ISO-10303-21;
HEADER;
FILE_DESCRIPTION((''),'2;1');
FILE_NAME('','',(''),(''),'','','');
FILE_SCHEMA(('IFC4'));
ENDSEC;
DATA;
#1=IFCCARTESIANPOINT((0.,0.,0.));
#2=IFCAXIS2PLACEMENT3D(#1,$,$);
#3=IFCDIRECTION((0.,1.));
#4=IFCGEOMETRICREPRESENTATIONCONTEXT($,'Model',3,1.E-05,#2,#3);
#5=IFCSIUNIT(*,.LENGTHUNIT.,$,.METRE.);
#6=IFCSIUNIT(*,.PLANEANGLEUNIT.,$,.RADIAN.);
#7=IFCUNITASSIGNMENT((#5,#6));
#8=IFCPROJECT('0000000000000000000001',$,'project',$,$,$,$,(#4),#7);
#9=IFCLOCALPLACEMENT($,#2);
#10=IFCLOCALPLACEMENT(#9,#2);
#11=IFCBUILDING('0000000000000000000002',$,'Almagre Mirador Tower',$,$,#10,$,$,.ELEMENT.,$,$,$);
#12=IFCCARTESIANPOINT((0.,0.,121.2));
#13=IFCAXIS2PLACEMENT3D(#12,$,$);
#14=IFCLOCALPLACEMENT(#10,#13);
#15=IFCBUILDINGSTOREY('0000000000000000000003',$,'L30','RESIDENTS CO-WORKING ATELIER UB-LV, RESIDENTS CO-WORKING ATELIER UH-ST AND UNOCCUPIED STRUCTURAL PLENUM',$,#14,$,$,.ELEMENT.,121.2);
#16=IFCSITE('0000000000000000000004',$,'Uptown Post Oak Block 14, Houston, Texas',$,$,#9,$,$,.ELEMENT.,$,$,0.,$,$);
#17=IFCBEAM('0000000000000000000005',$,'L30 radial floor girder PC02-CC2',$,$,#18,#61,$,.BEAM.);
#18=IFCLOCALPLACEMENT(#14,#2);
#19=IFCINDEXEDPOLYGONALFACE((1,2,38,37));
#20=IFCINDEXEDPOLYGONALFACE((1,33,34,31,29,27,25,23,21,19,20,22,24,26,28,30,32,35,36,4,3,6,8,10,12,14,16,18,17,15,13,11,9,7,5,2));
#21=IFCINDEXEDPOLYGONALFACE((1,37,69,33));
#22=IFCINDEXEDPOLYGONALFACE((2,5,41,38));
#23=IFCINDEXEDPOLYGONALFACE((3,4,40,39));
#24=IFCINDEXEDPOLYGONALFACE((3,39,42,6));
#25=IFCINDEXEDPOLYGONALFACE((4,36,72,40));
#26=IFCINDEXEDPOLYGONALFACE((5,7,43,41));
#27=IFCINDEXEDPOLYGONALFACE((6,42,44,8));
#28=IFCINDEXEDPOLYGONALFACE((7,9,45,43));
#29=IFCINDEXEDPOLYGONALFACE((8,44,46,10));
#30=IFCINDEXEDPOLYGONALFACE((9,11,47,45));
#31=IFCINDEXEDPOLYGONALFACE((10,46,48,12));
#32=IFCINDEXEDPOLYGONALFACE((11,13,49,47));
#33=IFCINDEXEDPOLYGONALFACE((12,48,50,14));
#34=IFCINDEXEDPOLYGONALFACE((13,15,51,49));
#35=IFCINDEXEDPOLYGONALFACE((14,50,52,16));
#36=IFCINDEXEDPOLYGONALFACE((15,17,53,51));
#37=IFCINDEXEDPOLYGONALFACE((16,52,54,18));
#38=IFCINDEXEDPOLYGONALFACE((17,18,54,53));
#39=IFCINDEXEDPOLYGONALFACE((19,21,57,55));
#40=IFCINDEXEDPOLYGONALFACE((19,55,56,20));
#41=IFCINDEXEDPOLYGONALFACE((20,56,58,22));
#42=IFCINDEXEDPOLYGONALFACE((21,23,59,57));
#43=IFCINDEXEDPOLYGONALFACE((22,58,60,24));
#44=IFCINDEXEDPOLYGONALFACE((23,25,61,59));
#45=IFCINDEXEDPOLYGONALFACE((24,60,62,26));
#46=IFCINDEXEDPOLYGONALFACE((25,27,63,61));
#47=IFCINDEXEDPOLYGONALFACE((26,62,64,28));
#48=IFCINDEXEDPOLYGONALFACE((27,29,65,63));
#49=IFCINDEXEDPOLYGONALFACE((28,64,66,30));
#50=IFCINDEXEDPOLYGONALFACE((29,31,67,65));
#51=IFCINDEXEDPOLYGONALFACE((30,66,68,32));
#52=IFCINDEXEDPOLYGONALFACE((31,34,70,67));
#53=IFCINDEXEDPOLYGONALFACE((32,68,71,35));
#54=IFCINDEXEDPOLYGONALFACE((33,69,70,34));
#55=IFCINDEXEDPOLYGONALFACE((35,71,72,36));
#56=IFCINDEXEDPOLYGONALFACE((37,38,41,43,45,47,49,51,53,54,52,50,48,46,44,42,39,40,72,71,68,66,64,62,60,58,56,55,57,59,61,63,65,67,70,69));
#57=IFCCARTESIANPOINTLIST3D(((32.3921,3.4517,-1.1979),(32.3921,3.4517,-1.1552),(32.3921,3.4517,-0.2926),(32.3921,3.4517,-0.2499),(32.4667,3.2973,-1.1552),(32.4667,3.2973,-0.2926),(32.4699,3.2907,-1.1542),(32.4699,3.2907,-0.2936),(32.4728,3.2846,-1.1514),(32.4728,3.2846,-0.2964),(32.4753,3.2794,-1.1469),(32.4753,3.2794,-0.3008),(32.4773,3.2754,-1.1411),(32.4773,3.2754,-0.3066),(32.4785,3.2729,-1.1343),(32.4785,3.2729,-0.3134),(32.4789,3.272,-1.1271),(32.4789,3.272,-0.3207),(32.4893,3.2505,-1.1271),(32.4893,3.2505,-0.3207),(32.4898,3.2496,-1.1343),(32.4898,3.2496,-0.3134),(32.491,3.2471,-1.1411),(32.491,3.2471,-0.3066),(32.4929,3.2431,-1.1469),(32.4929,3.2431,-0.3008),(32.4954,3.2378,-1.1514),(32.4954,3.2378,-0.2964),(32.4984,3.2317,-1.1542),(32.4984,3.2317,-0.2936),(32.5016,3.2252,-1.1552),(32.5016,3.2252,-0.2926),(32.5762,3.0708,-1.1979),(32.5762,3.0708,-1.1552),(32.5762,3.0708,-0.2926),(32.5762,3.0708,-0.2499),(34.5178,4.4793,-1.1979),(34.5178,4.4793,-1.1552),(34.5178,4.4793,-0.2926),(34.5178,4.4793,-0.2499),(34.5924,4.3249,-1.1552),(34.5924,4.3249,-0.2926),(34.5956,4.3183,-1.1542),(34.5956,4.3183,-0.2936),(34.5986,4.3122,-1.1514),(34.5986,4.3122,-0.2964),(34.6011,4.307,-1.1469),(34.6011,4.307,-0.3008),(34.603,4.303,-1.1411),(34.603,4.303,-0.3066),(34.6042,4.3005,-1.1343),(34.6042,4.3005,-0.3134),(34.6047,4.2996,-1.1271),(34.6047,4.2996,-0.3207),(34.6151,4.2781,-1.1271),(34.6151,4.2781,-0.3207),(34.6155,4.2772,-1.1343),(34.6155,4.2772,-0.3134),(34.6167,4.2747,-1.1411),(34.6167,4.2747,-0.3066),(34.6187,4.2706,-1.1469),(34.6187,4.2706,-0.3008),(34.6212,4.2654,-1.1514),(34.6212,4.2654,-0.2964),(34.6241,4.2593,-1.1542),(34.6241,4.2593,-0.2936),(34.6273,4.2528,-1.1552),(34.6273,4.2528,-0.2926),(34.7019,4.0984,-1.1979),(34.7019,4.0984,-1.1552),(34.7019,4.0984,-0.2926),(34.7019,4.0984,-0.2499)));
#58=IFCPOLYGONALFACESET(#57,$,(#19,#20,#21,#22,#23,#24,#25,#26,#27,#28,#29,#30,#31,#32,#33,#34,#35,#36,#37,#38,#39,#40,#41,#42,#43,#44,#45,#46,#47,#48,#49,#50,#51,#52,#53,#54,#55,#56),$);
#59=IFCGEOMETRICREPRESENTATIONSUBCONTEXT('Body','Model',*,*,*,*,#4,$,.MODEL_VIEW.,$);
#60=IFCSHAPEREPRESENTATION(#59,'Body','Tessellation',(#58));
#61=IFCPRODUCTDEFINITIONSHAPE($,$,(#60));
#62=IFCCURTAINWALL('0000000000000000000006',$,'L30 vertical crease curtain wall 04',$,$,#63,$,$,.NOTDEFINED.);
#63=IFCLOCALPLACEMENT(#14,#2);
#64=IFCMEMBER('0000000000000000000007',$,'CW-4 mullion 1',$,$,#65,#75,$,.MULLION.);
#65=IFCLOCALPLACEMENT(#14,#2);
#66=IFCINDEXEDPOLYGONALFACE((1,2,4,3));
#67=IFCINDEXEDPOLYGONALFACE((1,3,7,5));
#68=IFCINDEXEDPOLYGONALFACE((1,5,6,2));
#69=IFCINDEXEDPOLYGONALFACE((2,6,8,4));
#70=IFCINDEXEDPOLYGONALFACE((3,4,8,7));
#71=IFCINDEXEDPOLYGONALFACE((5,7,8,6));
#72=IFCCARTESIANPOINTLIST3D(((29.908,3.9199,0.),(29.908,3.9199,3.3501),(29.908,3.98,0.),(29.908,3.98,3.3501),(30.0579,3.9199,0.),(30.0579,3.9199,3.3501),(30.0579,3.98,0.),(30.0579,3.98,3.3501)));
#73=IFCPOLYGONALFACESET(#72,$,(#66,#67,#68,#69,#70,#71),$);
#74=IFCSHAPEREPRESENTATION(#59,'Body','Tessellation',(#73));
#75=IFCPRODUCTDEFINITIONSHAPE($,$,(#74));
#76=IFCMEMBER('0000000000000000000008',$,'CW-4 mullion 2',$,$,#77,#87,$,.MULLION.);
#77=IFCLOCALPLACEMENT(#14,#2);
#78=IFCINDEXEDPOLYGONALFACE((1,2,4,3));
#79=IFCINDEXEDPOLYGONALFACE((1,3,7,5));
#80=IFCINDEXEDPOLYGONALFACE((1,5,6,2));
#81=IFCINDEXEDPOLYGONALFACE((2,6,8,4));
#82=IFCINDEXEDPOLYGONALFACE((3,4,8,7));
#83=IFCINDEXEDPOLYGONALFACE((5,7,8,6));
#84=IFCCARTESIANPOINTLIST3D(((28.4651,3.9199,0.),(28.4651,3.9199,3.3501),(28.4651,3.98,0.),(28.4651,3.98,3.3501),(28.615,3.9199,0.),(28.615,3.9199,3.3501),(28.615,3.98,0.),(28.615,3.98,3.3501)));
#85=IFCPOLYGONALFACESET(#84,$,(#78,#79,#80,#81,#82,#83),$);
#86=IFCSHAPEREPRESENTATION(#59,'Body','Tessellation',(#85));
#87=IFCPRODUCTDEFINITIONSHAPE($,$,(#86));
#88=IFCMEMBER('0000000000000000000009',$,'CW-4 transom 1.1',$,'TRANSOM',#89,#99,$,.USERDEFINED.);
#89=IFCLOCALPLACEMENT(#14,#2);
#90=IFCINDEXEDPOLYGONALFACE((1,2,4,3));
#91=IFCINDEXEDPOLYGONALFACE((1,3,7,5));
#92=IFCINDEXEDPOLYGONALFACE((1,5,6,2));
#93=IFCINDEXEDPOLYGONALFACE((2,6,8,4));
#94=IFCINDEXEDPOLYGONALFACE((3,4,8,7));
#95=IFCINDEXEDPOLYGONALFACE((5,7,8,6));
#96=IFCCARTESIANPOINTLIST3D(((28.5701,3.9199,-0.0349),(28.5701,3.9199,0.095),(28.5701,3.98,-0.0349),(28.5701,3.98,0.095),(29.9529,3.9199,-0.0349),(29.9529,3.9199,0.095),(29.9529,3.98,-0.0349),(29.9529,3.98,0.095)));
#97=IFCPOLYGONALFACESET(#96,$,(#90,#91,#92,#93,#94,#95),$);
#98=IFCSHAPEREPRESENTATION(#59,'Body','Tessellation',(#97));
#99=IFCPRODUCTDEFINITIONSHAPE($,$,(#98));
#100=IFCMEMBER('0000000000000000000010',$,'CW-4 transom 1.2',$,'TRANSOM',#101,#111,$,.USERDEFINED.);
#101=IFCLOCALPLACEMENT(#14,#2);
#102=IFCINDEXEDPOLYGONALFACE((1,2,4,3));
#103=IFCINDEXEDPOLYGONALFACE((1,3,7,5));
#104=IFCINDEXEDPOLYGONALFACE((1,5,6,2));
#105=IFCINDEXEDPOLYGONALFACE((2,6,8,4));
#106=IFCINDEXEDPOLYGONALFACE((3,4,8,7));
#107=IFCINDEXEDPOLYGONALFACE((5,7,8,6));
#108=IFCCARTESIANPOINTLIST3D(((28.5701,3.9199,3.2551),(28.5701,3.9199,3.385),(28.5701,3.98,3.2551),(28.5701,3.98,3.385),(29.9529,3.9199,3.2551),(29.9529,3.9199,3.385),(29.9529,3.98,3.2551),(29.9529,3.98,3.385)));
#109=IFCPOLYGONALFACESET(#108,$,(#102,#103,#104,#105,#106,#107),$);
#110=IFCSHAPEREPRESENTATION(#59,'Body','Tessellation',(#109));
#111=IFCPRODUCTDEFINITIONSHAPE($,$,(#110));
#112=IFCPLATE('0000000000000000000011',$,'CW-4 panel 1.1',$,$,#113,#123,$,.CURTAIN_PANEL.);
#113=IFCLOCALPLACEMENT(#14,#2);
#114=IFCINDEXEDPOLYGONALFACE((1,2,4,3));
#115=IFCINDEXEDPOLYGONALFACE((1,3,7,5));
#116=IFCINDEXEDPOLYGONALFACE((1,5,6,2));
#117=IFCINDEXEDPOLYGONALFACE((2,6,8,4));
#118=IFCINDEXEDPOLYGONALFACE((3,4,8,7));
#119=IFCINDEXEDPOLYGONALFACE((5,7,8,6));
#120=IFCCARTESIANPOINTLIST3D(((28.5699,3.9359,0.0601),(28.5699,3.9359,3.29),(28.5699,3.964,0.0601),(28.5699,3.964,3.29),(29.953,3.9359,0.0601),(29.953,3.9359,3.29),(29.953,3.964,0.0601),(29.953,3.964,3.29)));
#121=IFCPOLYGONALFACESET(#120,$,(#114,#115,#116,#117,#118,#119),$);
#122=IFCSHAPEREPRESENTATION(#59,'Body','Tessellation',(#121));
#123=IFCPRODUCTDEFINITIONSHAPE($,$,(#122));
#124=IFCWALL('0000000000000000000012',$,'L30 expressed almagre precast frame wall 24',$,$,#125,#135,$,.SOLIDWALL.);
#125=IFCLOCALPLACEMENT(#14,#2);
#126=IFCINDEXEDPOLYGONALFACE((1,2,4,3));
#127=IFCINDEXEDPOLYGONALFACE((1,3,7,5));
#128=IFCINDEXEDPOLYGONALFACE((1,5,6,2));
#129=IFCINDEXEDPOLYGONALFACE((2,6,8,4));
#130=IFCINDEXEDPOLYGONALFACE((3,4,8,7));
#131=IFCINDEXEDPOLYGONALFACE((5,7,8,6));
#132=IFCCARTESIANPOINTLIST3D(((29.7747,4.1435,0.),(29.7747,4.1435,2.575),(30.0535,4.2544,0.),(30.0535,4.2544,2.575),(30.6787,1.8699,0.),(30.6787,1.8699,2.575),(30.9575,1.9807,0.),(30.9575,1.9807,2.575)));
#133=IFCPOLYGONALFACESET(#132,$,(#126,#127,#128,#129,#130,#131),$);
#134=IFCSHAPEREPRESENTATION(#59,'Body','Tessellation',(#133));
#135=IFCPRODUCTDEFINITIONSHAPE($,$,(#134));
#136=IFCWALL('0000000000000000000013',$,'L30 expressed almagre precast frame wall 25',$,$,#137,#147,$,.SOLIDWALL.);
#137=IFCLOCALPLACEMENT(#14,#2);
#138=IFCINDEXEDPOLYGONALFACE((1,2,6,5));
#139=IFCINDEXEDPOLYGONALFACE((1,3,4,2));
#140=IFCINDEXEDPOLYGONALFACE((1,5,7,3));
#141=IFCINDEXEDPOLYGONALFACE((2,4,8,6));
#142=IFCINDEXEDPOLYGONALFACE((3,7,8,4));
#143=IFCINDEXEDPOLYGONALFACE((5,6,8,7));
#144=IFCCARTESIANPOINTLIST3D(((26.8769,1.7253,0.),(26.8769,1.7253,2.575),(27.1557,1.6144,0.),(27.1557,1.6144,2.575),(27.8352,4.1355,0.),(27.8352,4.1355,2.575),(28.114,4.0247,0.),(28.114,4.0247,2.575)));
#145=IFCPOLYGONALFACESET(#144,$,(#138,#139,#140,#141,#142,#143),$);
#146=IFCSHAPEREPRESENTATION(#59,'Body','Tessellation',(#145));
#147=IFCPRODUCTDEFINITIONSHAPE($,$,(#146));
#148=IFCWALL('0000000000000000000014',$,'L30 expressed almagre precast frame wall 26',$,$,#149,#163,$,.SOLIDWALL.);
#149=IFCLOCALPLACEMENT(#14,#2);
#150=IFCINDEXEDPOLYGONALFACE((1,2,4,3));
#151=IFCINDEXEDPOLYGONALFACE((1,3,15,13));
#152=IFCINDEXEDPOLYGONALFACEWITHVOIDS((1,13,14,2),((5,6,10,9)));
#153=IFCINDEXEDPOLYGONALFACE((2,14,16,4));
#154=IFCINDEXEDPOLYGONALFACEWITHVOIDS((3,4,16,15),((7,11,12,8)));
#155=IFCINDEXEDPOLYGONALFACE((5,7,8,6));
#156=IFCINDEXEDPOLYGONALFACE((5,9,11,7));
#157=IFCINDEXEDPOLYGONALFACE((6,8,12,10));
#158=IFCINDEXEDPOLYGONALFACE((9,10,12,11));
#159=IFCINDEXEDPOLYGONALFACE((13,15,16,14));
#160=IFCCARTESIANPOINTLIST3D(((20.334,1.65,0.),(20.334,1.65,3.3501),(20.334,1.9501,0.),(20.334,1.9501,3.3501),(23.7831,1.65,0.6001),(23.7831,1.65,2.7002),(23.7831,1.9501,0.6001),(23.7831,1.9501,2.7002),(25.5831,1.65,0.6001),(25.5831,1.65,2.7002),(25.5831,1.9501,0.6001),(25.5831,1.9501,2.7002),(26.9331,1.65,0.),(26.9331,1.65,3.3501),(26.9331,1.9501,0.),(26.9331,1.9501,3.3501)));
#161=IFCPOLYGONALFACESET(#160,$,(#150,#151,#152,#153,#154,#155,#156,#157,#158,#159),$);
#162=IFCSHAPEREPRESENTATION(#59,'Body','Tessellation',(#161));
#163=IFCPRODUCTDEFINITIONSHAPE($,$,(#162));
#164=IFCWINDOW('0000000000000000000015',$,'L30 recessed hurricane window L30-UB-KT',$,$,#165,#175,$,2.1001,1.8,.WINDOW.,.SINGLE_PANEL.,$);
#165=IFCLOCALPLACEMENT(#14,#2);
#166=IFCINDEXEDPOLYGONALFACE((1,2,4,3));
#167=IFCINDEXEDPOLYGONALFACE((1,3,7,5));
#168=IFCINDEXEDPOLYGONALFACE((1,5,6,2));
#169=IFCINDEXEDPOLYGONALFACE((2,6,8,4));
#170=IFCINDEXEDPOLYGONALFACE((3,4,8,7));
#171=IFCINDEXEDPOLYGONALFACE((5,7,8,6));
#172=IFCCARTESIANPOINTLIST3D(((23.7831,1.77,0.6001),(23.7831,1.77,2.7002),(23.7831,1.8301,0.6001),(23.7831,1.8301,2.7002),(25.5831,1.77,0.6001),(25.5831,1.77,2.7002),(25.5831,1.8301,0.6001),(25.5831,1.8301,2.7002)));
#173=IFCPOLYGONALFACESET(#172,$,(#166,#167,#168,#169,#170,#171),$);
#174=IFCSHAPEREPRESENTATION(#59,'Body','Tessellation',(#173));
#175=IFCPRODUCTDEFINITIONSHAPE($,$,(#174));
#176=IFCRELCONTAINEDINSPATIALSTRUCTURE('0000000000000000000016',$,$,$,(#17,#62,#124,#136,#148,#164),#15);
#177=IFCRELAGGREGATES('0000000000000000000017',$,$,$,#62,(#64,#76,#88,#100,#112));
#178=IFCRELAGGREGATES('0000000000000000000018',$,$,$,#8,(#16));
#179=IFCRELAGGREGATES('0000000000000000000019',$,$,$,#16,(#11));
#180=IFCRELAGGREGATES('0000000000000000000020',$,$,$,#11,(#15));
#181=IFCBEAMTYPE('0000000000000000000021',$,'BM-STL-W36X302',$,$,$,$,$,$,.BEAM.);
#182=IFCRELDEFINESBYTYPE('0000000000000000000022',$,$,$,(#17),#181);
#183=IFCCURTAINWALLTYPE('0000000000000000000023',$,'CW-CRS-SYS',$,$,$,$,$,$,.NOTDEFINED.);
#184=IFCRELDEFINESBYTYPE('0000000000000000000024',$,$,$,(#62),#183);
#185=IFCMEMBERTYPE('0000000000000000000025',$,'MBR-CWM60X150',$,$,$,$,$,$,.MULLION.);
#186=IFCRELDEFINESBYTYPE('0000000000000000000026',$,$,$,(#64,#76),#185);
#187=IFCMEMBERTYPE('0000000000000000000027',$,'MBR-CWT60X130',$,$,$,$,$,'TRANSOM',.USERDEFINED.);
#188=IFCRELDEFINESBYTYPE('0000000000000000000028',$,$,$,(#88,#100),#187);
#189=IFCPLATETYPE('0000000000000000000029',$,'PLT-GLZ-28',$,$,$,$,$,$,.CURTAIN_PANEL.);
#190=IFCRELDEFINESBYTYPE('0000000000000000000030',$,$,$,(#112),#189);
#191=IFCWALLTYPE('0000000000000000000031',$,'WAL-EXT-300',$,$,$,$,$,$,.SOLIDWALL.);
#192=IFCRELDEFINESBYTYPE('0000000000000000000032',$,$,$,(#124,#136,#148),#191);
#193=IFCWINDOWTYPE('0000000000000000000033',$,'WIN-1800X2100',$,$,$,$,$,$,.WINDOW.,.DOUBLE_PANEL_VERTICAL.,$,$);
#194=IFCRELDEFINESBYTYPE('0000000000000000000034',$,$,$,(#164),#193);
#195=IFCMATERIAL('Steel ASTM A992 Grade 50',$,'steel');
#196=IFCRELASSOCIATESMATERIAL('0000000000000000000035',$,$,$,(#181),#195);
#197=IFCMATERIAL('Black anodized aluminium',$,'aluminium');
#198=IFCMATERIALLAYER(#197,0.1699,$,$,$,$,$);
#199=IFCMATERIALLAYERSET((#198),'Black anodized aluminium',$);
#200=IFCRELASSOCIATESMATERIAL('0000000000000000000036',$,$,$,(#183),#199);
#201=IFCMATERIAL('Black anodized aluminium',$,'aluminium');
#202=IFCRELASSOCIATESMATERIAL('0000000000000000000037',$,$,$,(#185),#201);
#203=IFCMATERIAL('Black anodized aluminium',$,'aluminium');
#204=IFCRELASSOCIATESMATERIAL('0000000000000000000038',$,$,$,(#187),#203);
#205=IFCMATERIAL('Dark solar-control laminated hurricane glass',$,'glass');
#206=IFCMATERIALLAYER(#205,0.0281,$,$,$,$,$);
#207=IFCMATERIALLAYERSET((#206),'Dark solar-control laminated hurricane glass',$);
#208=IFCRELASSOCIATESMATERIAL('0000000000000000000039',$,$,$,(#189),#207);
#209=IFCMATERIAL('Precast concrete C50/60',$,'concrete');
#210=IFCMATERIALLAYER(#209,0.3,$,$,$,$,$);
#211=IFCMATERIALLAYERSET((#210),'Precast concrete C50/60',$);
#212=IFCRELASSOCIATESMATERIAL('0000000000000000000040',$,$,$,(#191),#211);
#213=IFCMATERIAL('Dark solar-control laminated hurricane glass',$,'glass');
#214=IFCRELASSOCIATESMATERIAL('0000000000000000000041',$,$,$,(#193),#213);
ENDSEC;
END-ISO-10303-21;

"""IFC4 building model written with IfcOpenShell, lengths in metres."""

from ifc_helpers import new_model, si_unit, direction, frame, frame_2d, origin, origin_2d, place, context, subcontext, project, spatial, rectangle, i_section, extrude, material, layer, layer_set, material_profile, profile_set, type_object, element, fill, aggregate, save


model = new_model("IFC4")

# Units and contexts
model_context = context("Model", 3, precision=1e-05, world=origin(), true_north=direction((0.0, 1.0)))
body_context = subcontext(model_context, "Body", "Model", "MODEL_VIEW")
ifc_project = project(units=[si_unit("LENGTHUNIT", "METRE"), si_unit("PLANEANGLEUNIT", "RADIAN")], contexts=[model_context])

# Site, building, storey
site_placement = place(None, origin())
site = spatial("IfcSite", under=ifc_project, at=site_placement, Name="Uptown Post Oak Block 14, Houston, Texas", CompositionType="ELEMENT", RefElevation=0.0)
building_placement = place(site_placement, origin())
building = spatial("IfcBuilding", under=site, at=building_placement, Name="Almagre Mirador Tower", CompositionType="ELEMENT")
storey_placement = place(building_placement, frame((0.0, 0.0, 121.2)))
storey = spatial("IfcBuildingStorey", under=building, at=storey_placement, Name="L30", Description="RESIDENTS CO-WORKING ATELIER UB-LV, RESIDENTS CO-WORKING ATELIER UH-ST AND UNOCCUPIED STRUCTURAL PLENUM", CompositionType="ELEMENT", Elevation=121.2)

# Beam
ifc_material_1 = material(Name="Steel ASTM A992 Grade 50", Category="steel")
ifc_material_profile_1 = material_profile(ifc_material_1, i_section(OverallWidth=0.4231, OverallDepth=0.948, WebThickness=0.0239, FlangeThickness=0.0427, FilletRadius=0.0281, at=origin_2d()), Name="W36X302")
ifc_profile_set_1 = profile_set([ifc_material_profile_1], Name="Steel ASTM A992 Grade 50")
beam_type_1 = type_object("IfcBeamType", Name="BM-STL-W36X302", PredefinedType="BEAM", material=ifc_profile_set_1)
beam_1_placement = place(storey_placement, frame((32.4841, 3.2612, -0.7239), z_axis=(0.900324, 0.43522, 0.0), x_axis=(-0.43522, 0.900324, 0.0)))
element("IfcBeam", 1, at=beam_1_placement, inside=storey, type_object=beam_type_1, Name="L30 radial floor girder PC02-CC2", PredefinedType="BEAM", context=body_context, shape_type="SweptSolid", body=[
    extrude(i_section(OverallWidth=0.4231, OverallDepth=0.948, WebThickness=0.0239, FlangeThickness=0.0427, FilletRadius=0.0281, at=origin_2d()), origin(), (0.0, 0.0, 1.0), 2.3611),
])

# Curtain wall, members, plate
ifc_material_2 = material(Name="Black anodized aluminium", Category="aluminium")
ifc_layer_1 = layer(ifc_material_2, 0.1699)
ifc_layer_set_1 = layer_set([ifc_layer_1], Name="Black anodized aluminium")
curtain_wall_type = type_object("IfcCurtainWallType", Name="CW-CRS-SYS", PredefinedType="NOTDEFINED", material=ifc_layer_set_1)
curtain_wall_placement = place(storey_placement, origin())
curtain_wall = element("IfcCurtainWall", 2, at=curtain_wall_placement, inside=storey, type_object=curtain_wall_type, Name="L30 vertical crease curtain wall 04", PredefinedType="NOTDEFINED")
ifc_material_3 = material(Name="Black anodized aluminium", Category="aluminium")
ifc_material_profile_2 = material_profile(ifc_material_3, rectangle(XDim=0.0601, YDim=0.1499, at=origin_2d()), Name="CWM60X150")
ifc_profile_set_2 = profile_set([ifc_material_profile_2], Name="Black anodized aluminium")
member_type_1 = type_object("IfcMemberType", Name="MBR-CWM60X150", PredefinedType="MULLION", material=ifc_profile_set_2)
member_1_placement = place(storey_placement, frame((29.9829, 3.95, 0.0), z_axis=(0.0, 0.0, 1.0), x_axis=(0.0, -1.0, 0.0)))
member_1 = element("IfcMember", 3, at=member_1_placement, type_object=member_type_1, Name="CW-4 mullion 1", PredefinedType="MULLION", context=body_context, shape_type="SweptSolid", body=[
    extrude(rectangle(XDim=0.0601, YDim=0.1499, at=origin_2d()), origin(), (0.0, 0.0, 1.0), 3.3501),
])
member_2_placement = place(storey_placement, frame((28.54, 3.95, 0.0), z_axis=(0.0, 0.0, 1.0), x_axis=(0.0, -1.0, 0.0)))
member_2 = element("IfcMember", 4, at=member_2_placement, type_object=member_type_1, Name="CW-4 mullion 2", PredefinedType="MULLION", context=body_context, shape_type="SweptSolid", body=[
    extrude(rectangle(XDim=0.0601, YDim=0.1499, at=origin_2d()), origin(), (0.0, 0.0, 1.0), 3.3501),
])
ifc_material_4 = material(Name="Black anodized aluminium", Category="aluminium")
ifc_material_profile_3 = material_profile(ifc_material_4, rectangle(XDim=0.0601, YDim=0.1299, at=origin_2d()), Name="CWT60X130")
ifc_profile_set_3 = profile_set([ifc_material_profile_3], Name="Black anodized aluminium")
member_type_2 = type_object("IfcMemberType", Name="MBR-CWT60X130", ElementType="TRANSOM", PredefinedType="USERDEFINED", material=ifc_profile_set_3)
member_3_placement = place(storey_placement, frame((29.9529, 3.95, 0.03), z_axis=(-1.0, 0.0, 0.0), x_axis=(0.0, -1.0, 0.0)))
member_3 = element("IfcMember", 5, at=member_3_placement, type_object=member_type_2, Name="CW-4 transom 1.1", ObjectType="TRANSOM", PredefinedType="USERDEFINED", context=body_context, shape_type="SweptSolid", body=[
    extrude(rectangle(XDim=0.0601, YDim=0.1299, at=origin_2d()), origin(), (0.0, 0.0, 1.0), 1.3828),
])
member_4_placement = place(storey_placement, frame((29.9529, 3.95, 3.3201), z_axis=(-1.0, 0.0, 0.0), x_axis=(0.0, -1.0, 0.0)))
member_4 = element("IfcMember", 6, at=member_4_placement, type_object=member_type_2, Name="CW-4 transom 1.2", ObjectType="TRANSOM", PredefinedType="USERDEFINED", context=body_context, shape_type="SweptSolid", body=[
    extrude(rectangle(XDim=0.0601, YDim=0.1299, at=origin_2d()), origin(), (0.0, 0.0, 1.0), 1.3828),
])
ifc_material_5 = material(Name="Dark solar-control laminated hurricane glass", Category="glass")
ifc_layer_2 = layer(ifc_material_5, 0.0281)
ifc_layer_set_2 = layer_set([ifc_layer_2], Name="Dark solar-control laminated hurricane glass")
plate_type = type_object("IfcPlateType", Name="PLT-GLZ-28", PredefinedType="CURTAIN_PANEL", material=ifc_layer_set_2)
plate_placement = place(storey_placement, frame((29.2615, 3.95, 0.0601), z_axis=(0.0, 0.0, 1.0), x_axis=(-1.0, 0.0, 0.0)))
plate = element("IfcPlate", 7, at=plate_placement, type_object=plate_type, Name="CW-4 panel 1.1", PredefinedType="CURTAIN_PANEL", context=body_context, shape_type="SweptSolid", body=[
    extrude(rectangle(XDim=1.3831, YDim=0.0281, at=origin_2d()), origin(), (0.0, 0.0, 1.0), 3.23),
])
aggregate(curtain_wall, [member_1, member_2, member_3, member_4, plate])

# Walls
ifc_material_6 = material(Name="Precast concrete C50/60", Category="concrete")
ifc_layer_3 = layer(ifc_material_6, 0.3)
ifc_layer_set_3 = layer_set([ifc_layer_3], Name="Precast concrete C50/60")
wall_type_1 = type_object("IfcWallType", Name="WAL-EXT-300", PredefinedType="SOLIDWALL", material=ifc_layer_set_3)
wall_1_placement = place(storey_placement, frame((30.8181, 1.9253, 0.0), z_axis=(0.0, 0.0, 1.0), x_axis=(-0.36948, 0.929239, 0.0)))
element("IfcWall", 8, at=wall_1_placement, inside=storey, type_object=wall_type_1, Name="L30 expressed almagre precast frame wall 24", PredefinedType="SOLIDWALL", context=body_context, shape_type="SweptSolid", body=[
    extrude(rectangle(XDim=2.4468, YDim=0.3, at=frame_2d((1.2234, 0.0))), origin(), (0.0, 0.0, 1.0), 2.575),
])
wall_2_placement = place(storey_placement, frame((27.9746, 4.0801, 0.0), z_axis=(0.0, 0.0, 1.0), x_axis=(-0.369459, -0.929247, 0.0)))
element("IfcWall", 9, at=wall_2_placement, inside=storey, type_object=wall_type_1, Name="L30 expressed almagre precast frame wall 25", PredefinedType="SOLIDWALL", context=body_context, shape_type="SweptSolid", body=[
    extrude(rectangle(XDim=2.5938, YDim=0.3, at=frame_2d((1.2969, 0.0))), origin(), (0.0, 0.0, 1.0), 2.575),
])

# Wall, opening, window
wall_3_placement = place(storey_placement, frame((26.9331, 1.8, 0.0), z_axis=(0.0, 0.0, 1.0), x_axis=(-1.0, 0.0, 0.0)))
wall_3 = element("IfcWall", 10, at=wall_3_placement, inside=storey, type_object=wall_type_1, Name="L30 expressed almagre precast frame wall 26", PredefinedType="SOLIDWALL", context=body_context, shape_type="SweptSolid", body=[
    extrude(rectangle(XDim=6.5991, YDim=0.3, at=frame_2d((3.2996, 0.0))), origin(), (0.0, 0.0, 1.0), 3.3501),
])
opening_1_placement = place(wall_3_placement, frame((1.3501, 0.0, 0.6001)))
opening_1 = element("IfcOpeningElement", 11, at=opening_1_placement, cuts=wall_3, PredefinedType="OPENING", context=body_context, shape_type="SweptSolid", body=[
    extrude(rectangle(XDim=1.8, YDim=2.1001, at=frame_2d((0.8999, 1.05))), frame((0.0, 0.1599, 0.0), z_axis=(0.0, -1.0, 0.0), x_axis=(1.0, 0.0, 0.0)), (0.0, 0.0, 1.0), 0.32),
])
ifc_material_7 = material(Name="Dark solar-control laminated hurricane glass", Category="glass")
window_type = type_object("IfcWindowType", Name="WIN-1800X2100", PartitioningType="DOUBLE_PANEL_VERTICAL", PredefinedType="WINDOW", material=ifc_material_7)
window_placement = place(opening_1_placement, origin())
window = element("IfcWindow", 12, at=window_placement, inside=storey, type_object=window_type, Name="L30 recessed hurricane window L30-UB-KT", OverallHeight=2.1001, OverallWidth=1.8, PartitioningType="SINGLE_PANEL", PredefinedType="WINDOW", context=body_context, shape_type="SweptSolid", body=[
    extrude(rectangle(XDim=1.8, YDim=2.1001, at=frame_2d((0.8999, 1.05))), frame((0.0, 0.03, 0.0), z_axis=(0.0, -1.0, 0.0), x_axis=(1.0, 0.0, 0.0)), (0.0, 0.0, 1.0), 0.0601),
])
fill(opening_1, window)

save(model, "model.ifc")
